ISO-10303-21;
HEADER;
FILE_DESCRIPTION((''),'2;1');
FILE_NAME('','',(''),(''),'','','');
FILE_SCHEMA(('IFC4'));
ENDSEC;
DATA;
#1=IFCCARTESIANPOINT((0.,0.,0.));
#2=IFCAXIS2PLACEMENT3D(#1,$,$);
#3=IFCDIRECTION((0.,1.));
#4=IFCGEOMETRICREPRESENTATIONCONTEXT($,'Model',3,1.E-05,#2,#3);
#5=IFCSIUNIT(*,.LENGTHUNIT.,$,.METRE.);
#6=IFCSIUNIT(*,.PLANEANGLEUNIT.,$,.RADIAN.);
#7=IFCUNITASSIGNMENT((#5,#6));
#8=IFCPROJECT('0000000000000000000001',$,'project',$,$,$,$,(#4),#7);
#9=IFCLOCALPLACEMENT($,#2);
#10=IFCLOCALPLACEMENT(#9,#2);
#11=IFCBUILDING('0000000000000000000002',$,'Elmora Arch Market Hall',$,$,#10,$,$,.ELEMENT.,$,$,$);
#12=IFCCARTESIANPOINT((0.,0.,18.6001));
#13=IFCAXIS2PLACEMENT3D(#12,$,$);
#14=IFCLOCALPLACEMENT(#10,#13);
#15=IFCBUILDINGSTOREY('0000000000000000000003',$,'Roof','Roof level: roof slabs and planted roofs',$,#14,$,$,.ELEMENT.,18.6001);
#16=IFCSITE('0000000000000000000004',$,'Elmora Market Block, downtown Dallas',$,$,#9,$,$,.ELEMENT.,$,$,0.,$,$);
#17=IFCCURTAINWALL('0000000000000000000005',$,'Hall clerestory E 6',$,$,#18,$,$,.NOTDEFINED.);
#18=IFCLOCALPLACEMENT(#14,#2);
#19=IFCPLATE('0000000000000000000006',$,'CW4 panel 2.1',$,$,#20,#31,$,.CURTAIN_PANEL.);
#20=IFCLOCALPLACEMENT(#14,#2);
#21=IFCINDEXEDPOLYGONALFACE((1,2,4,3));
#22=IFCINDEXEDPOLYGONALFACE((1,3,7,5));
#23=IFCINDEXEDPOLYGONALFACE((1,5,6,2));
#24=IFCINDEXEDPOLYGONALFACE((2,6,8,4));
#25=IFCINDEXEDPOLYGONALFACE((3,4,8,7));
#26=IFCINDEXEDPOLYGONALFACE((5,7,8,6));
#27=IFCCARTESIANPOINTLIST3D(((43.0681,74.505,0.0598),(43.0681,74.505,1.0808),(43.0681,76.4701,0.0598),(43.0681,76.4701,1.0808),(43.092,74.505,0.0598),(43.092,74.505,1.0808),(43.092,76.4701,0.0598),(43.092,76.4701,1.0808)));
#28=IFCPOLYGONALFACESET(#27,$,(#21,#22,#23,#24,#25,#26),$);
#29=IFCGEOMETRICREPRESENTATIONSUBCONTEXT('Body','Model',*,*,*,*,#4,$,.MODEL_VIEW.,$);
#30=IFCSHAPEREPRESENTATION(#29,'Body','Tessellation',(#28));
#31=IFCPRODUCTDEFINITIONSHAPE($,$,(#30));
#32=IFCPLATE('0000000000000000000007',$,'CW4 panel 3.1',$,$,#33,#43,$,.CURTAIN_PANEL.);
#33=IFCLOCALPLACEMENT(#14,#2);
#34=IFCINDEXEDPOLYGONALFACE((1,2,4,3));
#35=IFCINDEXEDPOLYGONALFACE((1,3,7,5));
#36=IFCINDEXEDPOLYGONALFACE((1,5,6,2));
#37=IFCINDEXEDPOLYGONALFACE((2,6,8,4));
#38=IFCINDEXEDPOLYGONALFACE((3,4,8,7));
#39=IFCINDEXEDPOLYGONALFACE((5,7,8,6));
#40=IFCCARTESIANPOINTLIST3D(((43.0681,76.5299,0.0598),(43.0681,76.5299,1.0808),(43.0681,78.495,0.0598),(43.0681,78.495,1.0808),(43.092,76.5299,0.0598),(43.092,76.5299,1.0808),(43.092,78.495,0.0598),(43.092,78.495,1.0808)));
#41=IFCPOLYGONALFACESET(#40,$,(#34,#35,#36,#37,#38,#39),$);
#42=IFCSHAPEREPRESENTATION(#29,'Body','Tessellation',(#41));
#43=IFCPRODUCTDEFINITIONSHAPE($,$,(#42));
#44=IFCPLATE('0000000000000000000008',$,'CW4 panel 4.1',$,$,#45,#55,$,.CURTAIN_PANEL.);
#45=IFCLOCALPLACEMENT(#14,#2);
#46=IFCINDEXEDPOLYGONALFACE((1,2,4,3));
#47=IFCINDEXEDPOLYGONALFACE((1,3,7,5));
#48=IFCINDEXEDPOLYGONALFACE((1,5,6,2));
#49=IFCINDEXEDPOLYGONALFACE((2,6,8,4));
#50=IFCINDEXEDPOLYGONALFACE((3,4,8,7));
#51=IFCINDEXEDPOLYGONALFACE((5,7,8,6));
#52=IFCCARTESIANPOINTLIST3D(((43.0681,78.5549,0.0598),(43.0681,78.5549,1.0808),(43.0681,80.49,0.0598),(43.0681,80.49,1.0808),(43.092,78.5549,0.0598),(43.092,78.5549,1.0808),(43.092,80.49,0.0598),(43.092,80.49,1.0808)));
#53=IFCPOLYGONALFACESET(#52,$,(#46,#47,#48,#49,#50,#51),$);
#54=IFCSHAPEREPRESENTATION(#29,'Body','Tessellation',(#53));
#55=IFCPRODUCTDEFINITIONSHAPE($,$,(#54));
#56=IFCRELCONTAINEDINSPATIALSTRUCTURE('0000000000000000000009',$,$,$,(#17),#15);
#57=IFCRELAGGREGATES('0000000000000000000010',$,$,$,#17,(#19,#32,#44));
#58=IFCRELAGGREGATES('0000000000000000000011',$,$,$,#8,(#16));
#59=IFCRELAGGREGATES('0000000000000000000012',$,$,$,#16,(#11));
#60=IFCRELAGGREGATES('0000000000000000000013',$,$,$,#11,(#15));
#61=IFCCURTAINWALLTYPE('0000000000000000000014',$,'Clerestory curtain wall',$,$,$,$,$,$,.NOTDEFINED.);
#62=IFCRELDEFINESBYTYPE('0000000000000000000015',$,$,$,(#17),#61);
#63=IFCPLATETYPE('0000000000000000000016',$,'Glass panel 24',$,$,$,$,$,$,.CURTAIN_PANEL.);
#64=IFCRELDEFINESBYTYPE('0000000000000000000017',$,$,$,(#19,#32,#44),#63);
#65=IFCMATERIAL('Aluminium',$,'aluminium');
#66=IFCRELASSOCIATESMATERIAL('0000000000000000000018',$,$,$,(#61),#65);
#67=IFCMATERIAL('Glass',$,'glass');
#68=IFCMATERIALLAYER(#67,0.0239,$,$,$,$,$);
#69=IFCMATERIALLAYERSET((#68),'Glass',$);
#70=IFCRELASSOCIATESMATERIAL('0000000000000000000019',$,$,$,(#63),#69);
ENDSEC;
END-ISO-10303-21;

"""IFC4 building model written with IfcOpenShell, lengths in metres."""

from ifc_helpers import new_model, si_unit, direction, frame, origin, origin_2d, place, context, subcontext, project, spatial, rectangle, extrude, material, layer, layer_set, type_object, element, aggregate, save


model = new_model("IFC4")

# Units and contexts
model_context = context("Model", 3, precision=1e-05, world=origin(), true_north=direction((0.0, 1.0)))
body_context = subcontext(model_context, "Body", "Model", "MODEL_VIEW")
ifc_project = project(units=[si_unit("LENGTHUNIT", "METRE"), si_unit("PLANEANGLEUNIT", "RADIAN")], contexts=[model_context])

# Site, building, storey
site_placement = place(None, origin())
site = spatial("IfcSite", under=ifc_project, at=site_placement, Name="Elmora Market Block, downtown Dallas", CompositionType="ELEMENT", RefElevation=0.0)
building_placement = place(site_placement, origin())
building = spatial("IfcBuilding", under=site, at=building_placement, Name="Elmora Arch Market Hall", CompositionType="ELEMENT")
storey_placement = place(building_placement, frame((0.0, 0.0, 18.6001)))
storey = spatial("IfcBuildingStorey", under=building, at=storey_placement, Name="Roof", Description="Roof level: roof slabs and planted roofs", CompositionType="ELEMENT", Elevation=18.6001)

# Curtain wall
ifc_material_1 = material(Name="Aluminium", Category="aluminium")
curtain_wall_type = type_object("IfcCurtainWallType", Name="Clerestory curtain wall", PredefinedType="NOTDEFINED", material=ifc_material_1)
curtain_wall_1_placement = place(storey_placement, origin())
curtain_wall_1 = element("IfcCurtainWall", 1, at=curtain_wall_1_placement, inside=storey, type_object=curtain_wall_type, Name="Hall clerestory E 6", PredefinedType="NOTDEFINED")

# Plates
ifc_material_2 = material(Name="Glass", Category="glass")
ifc_layer = layer(ifc_material_2, 0.0239)
ifc_layer_set = layer_set([ifc_layer], Name="Glass")
plate_type = type_object("IfcPlateType", Name="Glass panel 24", PredefinedType="CURTAIN_PANEL", material=ifc_layer_set)
plate_1_placement = place(storey_placement, frame((43.0801, 75.4875, 0.0598), z_axis=(0.0, 0.0, 1.0), x_axis=(0.0, 1.0, 0.0)))
plate_1 = element("IfcPlate", 2, at=plate_1_placement, type_object=plate_type, Name="CW4 panel 2.1", PredefinedType="CURTAIN_PANEL", context=body_context, shape_type="SweptSolid", body=[
    extrude(rectangle(XDim=1.9651, YDim=0.0239, at=origin_2d()), origin(), (0.0, 0.0, 1.0), 1.021),
])
plate_2_placement = place(storey_placement, frame((43.0801, 77.5125, 0.0598), z_axis=(0.0, 0.0, 1.0), x_axis=(0.0, 1.0, 0.0)))
plate_2 = element("IfcPlate", 3, at=plate_2_placement, type_object=plate_type, Name="CW4 panel 3.1", PredefinedType="CURTAIN_PANEL", context=body_context, shape_type="SweptSolid", body=[
    extrude(rectangle(XDim=1.9651, YDim=0.0239, at=origin_2d()), origin(), (0.0, 0.0, 1.0), 1.021),
])
plate_3_placement = place(storey_placement, frame((43.0801, 79.5225, 0.0598), z_axis=(0.0, 0.0, 1.0), x_axis=(0.0, 1.0, 0.0)))
plate_3 = element("IfcPlate", 4, at=plate_3_placement, type_object=plate_type, Name="CW4 panel 4.1", PredefinedType="CURTAIN_PANEL", context=body_context, shape_type="SweptSolid", body=[
    extrude(rectangle(XDim=1.9351, YDim=0.0239, at=origin_2d()), origin(), (0.0, 0.0, 1.0), 1.021),
])
aggregate(curtain_wall_1, [plate_1, plate_2, plate_3])

save(model, "model.ifc")
